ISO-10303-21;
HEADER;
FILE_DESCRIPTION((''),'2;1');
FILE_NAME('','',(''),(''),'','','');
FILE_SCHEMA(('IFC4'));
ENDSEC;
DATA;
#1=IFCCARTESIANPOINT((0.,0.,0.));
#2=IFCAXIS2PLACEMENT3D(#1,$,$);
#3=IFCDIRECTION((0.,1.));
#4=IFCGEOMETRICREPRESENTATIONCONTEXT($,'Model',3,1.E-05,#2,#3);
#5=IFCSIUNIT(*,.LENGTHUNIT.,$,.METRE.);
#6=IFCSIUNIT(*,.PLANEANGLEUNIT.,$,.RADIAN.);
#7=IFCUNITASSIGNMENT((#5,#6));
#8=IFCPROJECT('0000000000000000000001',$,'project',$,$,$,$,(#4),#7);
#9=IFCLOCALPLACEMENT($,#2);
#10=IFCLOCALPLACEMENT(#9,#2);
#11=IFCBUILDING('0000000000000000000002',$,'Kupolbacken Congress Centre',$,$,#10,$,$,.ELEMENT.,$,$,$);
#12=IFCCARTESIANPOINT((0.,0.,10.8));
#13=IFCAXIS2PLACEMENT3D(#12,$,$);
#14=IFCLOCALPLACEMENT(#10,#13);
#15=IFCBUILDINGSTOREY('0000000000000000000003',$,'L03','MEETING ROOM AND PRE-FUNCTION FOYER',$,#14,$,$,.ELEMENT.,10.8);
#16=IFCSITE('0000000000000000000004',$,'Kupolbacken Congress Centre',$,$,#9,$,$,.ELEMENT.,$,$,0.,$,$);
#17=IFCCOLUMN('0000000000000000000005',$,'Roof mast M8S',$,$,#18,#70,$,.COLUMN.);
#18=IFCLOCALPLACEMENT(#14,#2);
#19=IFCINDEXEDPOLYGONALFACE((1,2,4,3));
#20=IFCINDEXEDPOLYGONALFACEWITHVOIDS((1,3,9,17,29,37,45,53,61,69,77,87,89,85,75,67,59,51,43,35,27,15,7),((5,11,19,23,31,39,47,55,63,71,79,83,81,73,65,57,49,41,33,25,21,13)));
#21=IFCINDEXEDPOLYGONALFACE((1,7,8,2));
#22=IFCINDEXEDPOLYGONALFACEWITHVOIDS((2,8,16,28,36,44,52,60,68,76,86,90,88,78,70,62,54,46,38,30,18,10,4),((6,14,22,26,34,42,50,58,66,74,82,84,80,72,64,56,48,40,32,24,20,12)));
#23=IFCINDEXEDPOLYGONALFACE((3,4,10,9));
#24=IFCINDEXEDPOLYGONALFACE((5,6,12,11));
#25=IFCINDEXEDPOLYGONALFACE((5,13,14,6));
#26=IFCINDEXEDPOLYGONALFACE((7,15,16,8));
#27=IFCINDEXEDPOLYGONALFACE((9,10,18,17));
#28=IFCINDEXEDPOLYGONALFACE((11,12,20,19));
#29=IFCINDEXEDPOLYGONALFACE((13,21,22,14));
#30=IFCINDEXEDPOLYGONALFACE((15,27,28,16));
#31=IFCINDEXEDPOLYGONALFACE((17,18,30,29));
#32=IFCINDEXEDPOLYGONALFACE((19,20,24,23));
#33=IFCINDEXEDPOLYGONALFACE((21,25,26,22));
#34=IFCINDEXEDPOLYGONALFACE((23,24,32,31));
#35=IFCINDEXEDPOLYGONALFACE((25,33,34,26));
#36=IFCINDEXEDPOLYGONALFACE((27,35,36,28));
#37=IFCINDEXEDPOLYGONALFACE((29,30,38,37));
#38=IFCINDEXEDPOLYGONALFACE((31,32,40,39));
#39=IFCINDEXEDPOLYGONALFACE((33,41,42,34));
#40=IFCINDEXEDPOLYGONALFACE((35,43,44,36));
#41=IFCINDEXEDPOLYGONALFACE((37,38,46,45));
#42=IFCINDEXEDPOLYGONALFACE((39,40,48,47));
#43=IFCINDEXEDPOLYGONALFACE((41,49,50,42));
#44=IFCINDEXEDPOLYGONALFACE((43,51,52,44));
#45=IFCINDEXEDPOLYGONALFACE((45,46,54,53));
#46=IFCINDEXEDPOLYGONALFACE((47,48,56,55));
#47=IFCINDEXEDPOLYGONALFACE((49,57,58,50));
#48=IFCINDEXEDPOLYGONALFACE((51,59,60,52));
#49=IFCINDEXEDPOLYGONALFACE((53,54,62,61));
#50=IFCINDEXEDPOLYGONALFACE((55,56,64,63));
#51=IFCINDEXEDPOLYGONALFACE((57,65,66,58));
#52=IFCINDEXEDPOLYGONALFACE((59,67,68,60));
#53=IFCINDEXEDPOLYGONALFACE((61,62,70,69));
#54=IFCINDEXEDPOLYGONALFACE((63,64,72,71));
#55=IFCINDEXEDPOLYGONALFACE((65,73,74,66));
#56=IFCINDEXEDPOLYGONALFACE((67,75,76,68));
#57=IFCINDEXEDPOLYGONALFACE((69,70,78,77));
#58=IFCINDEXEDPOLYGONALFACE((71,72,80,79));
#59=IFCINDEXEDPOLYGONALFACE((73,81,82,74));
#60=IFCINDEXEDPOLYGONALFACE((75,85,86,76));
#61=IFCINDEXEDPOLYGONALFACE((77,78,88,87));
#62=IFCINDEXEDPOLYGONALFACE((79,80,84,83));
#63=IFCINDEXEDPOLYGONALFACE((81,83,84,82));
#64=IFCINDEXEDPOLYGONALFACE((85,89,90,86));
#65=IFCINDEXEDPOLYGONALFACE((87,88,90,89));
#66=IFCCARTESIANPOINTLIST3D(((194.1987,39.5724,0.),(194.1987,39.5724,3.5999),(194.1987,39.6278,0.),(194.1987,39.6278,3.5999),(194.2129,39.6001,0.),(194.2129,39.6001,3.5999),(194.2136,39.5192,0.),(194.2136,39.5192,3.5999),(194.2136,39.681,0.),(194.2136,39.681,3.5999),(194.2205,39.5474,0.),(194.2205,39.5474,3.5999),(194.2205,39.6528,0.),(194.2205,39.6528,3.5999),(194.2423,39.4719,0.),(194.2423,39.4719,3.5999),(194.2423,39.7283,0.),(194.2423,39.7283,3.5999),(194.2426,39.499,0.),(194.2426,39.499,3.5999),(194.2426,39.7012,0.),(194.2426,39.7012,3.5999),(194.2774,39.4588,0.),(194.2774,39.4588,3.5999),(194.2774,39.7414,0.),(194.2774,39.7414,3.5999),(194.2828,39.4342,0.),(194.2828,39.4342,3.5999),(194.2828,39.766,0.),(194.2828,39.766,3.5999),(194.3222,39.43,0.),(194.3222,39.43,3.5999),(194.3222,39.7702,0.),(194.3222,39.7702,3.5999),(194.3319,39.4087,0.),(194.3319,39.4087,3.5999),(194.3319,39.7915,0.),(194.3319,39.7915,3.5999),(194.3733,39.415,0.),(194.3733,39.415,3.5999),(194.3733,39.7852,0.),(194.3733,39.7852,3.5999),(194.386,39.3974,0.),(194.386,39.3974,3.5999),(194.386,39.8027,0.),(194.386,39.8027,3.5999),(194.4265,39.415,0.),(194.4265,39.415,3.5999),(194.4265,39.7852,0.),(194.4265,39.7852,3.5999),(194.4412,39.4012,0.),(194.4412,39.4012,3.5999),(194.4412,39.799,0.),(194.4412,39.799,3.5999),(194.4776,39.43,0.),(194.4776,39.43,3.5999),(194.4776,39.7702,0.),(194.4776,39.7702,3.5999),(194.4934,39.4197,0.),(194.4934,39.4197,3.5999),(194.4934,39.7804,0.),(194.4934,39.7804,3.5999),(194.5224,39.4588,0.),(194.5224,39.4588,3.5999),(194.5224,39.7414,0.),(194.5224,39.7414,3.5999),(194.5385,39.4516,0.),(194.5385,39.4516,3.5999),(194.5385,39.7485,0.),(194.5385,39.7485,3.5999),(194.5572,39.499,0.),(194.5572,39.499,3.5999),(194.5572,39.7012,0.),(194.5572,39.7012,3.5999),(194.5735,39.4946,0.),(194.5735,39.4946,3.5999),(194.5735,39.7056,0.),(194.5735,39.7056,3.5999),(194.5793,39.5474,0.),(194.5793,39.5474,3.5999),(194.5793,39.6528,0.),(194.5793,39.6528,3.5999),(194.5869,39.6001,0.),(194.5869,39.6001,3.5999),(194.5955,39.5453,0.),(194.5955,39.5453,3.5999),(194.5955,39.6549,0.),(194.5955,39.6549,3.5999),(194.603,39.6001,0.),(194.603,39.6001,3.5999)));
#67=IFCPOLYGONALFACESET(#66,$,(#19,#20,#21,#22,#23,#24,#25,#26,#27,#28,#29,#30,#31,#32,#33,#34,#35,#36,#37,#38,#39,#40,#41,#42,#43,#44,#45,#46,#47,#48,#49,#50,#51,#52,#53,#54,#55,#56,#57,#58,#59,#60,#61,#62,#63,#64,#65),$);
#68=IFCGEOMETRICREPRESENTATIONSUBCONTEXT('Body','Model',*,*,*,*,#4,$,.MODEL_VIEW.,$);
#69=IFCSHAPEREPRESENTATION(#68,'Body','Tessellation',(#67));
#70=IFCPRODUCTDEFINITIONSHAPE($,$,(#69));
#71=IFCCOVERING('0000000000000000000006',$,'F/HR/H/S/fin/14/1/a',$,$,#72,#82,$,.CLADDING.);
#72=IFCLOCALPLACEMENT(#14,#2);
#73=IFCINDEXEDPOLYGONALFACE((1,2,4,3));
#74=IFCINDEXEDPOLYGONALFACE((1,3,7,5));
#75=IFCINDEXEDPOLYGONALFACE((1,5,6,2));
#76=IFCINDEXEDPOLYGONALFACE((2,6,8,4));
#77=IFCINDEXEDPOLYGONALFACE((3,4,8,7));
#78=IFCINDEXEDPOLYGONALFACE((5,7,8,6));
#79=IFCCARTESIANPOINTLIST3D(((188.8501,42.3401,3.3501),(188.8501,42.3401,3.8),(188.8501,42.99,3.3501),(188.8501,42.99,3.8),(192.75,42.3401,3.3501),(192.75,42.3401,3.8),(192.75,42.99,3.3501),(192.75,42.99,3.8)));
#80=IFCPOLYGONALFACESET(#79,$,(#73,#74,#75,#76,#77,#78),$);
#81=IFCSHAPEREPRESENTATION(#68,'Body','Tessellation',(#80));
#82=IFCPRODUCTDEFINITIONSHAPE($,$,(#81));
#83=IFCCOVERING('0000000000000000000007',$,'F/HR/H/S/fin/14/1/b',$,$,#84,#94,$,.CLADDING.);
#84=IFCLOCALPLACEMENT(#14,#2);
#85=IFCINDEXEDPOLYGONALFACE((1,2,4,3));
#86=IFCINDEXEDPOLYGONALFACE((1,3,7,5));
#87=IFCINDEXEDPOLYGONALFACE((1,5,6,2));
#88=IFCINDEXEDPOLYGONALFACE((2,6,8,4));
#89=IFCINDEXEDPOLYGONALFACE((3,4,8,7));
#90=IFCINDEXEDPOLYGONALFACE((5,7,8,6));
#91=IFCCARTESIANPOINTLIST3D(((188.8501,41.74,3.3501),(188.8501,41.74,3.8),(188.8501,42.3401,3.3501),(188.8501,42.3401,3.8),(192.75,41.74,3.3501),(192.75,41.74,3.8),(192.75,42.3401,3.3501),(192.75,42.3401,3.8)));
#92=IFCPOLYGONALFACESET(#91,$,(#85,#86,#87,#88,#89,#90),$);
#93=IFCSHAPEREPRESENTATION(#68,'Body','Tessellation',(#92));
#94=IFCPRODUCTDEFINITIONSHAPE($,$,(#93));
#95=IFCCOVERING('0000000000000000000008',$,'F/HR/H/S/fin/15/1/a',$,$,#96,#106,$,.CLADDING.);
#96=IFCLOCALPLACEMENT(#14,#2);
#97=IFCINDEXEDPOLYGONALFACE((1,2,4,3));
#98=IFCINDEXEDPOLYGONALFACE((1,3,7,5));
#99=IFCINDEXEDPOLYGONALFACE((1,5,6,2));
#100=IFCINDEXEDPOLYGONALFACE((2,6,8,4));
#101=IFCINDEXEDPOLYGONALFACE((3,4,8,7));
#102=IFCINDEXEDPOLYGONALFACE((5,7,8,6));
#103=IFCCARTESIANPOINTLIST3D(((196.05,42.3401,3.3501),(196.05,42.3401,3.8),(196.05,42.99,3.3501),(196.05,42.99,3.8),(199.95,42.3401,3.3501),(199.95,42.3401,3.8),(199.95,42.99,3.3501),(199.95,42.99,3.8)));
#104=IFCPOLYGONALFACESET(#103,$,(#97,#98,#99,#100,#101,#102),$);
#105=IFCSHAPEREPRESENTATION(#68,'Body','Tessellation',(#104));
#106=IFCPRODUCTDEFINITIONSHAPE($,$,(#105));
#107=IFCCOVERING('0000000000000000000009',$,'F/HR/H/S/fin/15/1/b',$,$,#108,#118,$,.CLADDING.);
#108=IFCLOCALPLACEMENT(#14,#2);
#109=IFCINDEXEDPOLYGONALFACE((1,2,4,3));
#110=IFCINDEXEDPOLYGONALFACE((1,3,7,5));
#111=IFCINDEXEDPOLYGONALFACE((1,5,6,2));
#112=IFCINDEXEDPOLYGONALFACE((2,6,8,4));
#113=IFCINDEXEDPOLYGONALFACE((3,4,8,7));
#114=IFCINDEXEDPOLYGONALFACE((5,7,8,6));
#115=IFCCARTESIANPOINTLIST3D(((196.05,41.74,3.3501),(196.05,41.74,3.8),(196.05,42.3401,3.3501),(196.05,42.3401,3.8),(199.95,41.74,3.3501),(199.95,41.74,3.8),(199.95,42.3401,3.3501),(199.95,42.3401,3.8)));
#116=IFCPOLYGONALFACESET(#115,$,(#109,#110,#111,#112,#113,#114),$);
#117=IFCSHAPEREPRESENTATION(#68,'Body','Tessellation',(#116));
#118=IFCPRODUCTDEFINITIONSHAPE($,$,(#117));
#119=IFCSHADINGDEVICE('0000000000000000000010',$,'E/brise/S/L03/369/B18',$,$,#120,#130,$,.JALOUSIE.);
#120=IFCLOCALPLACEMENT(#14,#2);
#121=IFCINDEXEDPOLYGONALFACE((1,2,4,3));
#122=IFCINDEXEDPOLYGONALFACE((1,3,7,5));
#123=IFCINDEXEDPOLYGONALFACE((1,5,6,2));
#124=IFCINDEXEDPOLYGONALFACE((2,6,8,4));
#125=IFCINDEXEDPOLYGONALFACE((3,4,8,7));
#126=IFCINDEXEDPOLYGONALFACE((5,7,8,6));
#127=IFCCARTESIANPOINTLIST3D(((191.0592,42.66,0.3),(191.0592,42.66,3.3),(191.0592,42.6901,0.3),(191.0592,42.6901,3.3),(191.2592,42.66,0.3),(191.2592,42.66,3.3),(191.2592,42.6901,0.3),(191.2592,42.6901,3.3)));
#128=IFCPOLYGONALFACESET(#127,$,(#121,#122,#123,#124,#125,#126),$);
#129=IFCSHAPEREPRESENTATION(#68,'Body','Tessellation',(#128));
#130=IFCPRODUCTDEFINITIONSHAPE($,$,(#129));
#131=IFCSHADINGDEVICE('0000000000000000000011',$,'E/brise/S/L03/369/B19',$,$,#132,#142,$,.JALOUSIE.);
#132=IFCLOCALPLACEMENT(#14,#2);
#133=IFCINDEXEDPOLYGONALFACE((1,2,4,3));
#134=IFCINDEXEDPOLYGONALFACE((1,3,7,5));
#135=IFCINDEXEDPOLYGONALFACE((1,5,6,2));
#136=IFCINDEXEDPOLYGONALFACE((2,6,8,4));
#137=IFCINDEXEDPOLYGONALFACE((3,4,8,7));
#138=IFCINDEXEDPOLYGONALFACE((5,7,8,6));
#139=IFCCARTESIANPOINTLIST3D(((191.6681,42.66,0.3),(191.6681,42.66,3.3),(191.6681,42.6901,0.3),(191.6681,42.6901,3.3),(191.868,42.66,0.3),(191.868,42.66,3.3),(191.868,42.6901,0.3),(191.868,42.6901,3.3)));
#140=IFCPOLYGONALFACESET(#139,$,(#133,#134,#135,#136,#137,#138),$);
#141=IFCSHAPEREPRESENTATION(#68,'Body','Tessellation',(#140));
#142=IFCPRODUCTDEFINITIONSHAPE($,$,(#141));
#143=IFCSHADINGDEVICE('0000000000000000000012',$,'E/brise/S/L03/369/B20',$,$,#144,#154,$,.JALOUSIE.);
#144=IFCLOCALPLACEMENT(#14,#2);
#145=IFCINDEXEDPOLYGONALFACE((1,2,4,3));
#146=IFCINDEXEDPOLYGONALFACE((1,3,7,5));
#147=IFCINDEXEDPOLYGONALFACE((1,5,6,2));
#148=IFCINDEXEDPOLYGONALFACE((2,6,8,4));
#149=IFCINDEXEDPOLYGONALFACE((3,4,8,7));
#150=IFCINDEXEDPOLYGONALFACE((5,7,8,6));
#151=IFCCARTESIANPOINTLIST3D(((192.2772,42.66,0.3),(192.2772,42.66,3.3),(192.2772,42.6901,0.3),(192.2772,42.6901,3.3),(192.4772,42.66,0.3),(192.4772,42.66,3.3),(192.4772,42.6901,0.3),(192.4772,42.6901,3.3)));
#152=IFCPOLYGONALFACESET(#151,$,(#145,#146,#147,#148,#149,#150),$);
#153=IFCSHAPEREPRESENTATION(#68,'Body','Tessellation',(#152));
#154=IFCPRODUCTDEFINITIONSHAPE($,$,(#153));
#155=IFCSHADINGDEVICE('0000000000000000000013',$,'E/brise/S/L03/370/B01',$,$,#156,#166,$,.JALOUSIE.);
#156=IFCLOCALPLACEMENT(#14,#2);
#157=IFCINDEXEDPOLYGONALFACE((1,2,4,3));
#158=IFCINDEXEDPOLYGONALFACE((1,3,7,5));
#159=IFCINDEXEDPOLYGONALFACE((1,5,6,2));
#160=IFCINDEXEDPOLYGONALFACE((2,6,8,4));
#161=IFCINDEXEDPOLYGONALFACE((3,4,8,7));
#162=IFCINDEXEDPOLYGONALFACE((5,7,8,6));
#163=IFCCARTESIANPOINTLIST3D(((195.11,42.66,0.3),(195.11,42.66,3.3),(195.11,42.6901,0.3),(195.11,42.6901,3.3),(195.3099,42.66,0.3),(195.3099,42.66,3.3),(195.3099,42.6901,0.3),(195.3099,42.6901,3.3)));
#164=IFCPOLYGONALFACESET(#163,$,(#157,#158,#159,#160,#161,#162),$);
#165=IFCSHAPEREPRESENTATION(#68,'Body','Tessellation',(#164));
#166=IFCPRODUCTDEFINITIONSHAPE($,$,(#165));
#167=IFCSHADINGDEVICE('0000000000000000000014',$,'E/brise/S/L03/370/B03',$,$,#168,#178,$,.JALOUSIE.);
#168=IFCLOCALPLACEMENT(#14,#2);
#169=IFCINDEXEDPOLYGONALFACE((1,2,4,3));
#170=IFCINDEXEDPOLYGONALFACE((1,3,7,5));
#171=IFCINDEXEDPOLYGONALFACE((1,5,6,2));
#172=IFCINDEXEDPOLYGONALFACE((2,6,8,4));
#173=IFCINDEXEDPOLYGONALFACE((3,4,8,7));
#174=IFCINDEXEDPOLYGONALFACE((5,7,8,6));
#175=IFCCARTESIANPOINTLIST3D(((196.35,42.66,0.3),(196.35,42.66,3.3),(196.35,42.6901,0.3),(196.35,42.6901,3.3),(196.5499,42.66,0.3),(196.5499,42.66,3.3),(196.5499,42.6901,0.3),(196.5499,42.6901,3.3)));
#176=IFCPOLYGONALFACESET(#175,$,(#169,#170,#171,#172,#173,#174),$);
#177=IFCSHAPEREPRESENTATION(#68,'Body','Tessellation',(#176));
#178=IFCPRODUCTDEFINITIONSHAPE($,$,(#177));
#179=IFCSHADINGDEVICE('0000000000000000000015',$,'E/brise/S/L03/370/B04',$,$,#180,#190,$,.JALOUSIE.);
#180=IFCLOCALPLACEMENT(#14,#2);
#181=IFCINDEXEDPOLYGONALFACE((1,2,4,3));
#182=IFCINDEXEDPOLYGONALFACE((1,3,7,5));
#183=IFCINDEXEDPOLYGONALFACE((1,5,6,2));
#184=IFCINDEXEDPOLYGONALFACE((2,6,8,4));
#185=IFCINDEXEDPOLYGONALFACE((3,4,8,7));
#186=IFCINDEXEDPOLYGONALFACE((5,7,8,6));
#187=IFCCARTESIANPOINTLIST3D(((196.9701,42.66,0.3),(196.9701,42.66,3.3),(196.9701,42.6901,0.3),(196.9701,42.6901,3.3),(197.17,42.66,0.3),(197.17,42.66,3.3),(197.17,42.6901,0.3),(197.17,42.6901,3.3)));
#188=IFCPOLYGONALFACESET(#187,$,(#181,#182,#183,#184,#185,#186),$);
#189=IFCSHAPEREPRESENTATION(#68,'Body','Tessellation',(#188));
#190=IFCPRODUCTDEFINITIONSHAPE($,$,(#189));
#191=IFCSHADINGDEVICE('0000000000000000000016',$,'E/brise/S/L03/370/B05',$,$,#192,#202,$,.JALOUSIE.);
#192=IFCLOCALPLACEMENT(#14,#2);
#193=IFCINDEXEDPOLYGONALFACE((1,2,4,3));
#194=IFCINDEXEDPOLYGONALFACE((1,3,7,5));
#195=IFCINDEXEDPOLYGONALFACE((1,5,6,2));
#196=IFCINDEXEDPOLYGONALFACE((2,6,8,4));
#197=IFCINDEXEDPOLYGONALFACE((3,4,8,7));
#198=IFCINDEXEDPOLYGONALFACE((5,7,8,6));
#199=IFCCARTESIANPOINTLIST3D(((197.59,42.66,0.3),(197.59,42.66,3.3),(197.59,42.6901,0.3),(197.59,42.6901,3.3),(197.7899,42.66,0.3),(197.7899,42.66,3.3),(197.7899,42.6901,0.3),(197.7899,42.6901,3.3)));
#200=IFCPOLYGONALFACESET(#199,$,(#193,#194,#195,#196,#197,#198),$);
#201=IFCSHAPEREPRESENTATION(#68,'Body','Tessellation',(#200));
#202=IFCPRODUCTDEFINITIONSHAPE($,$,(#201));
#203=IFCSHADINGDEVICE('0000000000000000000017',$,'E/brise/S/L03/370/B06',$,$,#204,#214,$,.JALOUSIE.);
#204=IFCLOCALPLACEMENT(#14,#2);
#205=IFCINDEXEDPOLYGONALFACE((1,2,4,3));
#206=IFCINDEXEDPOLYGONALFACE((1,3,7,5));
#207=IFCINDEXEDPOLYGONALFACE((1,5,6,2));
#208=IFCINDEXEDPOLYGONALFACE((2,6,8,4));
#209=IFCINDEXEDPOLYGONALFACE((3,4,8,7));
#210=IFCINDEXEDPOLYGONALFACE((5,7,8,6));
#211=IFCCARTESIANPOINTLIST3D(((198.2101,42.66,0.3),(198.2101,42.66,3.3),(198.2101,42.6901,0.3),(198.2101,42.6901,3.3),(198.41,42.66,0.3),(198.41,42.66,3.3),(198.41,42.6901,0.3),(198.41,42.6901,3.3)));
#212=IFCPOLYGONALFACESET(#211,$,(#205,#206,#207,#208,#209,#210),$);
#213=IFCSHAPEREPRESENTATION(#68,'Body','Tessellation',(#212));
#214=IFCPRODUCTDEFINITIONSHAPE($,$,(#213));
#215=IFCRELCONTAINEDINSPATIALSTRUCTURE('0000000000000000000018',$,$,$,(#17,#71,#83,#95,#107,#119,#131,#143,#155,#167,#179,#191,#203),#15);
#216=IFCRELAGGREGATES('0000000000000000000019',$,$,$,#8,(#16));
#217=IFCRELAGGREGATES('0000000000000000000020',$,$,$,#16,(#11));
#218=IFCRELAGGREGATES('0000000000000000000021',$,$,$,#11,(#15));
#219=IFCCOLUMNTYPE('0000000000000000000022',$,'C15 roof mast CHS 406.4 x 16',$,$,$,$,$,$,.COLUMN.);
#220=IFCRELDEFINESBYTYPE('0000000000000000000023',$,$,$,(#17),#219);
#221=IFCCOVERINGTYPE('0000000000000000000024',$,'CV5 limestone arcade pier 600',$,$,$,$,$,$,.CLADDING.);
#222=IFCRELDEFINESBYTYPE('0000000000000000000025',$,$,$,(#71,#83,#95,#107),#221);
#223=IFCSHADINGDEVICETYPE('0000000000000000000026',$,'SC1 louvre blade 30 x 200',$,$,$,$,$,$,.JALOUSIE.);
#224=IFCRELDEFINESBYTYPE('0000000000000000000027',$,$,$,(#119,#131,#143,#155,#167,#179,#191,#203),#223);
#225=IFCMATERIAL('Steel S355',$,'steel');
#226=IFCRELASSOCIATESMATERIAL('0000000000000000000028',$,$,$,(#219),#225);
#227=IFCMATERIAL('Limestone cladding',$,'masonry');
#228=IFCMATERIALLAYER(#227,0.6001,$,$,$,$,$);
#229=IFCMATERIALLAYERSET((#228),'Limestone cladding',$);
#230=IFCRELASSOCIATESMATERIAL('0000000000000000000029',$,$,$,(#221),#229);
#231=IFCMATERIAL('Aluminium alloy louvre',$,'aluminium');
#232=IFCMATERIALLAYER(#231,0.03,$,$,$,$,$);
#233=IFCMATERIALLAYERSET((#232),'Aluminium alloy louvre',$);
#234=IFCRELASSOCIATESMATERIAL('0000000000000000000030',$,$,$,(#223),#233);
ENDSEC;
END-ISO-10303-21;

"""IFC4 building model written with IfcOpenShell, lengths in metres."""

from ifc_helpers import new_model, si_unit, direction, frame, origin, origin_2d, place, context, subcontext, project, spatial, rectangle, hollow_circle, extrude, material, layer, layer_set, material_profile, profile_set, type_object, element, save


model = new_model("IFC4")

# Units and contexts
model_context = context("Model", 3, precision=1e-05, world=origin(), true_north=direction((0.0, 1.0)))
body_context = subcontext(model_context, "Body", "Model", "MODEL_VIEW")
ifc_project = project(units=[si_unit("LENGTHUNIT", "METRE"), si_unit("PLANEANGLEUNIT", "RADIAN")], contexts=[model_context])

# Site, building, storey
site_placement = place(None, origin())
site = spatial("IfcSite", under=ifc_project, at=site_placement, Name="Kupolbacken Congress Centre", CompositionType="ELEMENT", RefElevation=0.0)
building_placement = place(site_placement, origin())
building = spatial("IfcBuilding", under=site, at=building_placement, Name="Kupolbacken Congress Centre", CompositionType="ELEMENT")
storey_placement = place(building_placement, frame((0.0, 0.0, 10.8)))
storey = spatial("IfcBuildingStorey", under=building, at=storey_placement, Name="L03", Description="MEETING ROOM AND PRE-FUNCTION FOYER", CompositionType="ELEMENT", Elevation=10.8)

# Column
ifc_material_1 = material(Name="Steel S355", Category="steel")
ifc_material_profile = material_profile(ifc_material_1, hollow_circle(Radius=0.2031, WallThickness=0.0161, at=origin_2d()), Name="CHS 406.4 x 16")
ifc_profile_set = profile_set([ifc_material_profile], Name="Steel S355")
column_type = type_object("IfcColumnType", Name="C15 roof mast CHS 406.4 x 16", PredefinedType="COLUMN", material=ifc_profile_set)
column_placement = place(storey_placement, frame((194.3999, 39.6001, 0.0), z_axis=(0.0, 0.0, 1.0), x_axis=(1.0, 0.0, 0.0)))
element("IfcColumn", 1, at=column_placement, inside=storey, type_object=column_type, Name="Roof mast M8S", PredefinedType="COLUMN", context=body_context, shape_type="SweptSolid", body=[
    extrude(hollow_circle(Radius=0.2031, WallThickness=0.0161, at=origin_2d()), origin(), (0.0, 0.0, 1.0), 3.5999),
])

# Coverings
ifc_material_2 = material(Name="Limestone cladding", Category="masonry")
ifc_layer_1 = layer(ifc_material_2, 0.6001)
ifc_layer_set_1 = layer_set([ifc_layer_1], Name="Limestone cladding")
covering_type = type_object("IfcCoveringType", Name="CV5 limestone arcade pier 600", PredefinedType="CLADDING", material=ifc_layer_set_1)
covering_1_placement = place(storey_placement, frame((190.8, 42.665, 3.3501), z_axis=(0.0, 0.0, 1.0), x_axis=(1.0, 0.0, 0.0)))
element("IfcCovering", 2, at=covering_1_placement, inside=storey, type_object=covering_type, Name="F/HR/H/S/fin/14/1/a", PredefinedType="CLADDING", context=body_context, shape_type="SweptSolid", body=[
    extrude(rectangle(XDim=3.8999, YDim=0.6499, at=origin_2d()), origin(), (0.0, 0.0, 1.0), 0.45),
])
covering_2_placement = place(storey_placement, frame((190.8, 42.04, 3.3501), z_axis=(0.0, 0.0, 1.0), x_axis=(1.0, 0.0, 0.0)))
element("IfcCovering", 3, at=covering_2_placement, inside=storey, type_object=covering_type, Name="F/HR/H/S/fin/14/1/b", PredefinedType="CLADDING", context=body_context, shape_type="SweptSolid", body=[
    extrude(rectangle(XDim=3.8999, YDim=0.6001, at=origin_2d()), origin(), (0.0, 0.0, 1.0), 0.45),
])
covering_3_placement = place(storey_placement, frame((198.0, 42.665, 3.3501), z_axis=(0.0, 0.0, 1.0), x_axis=(1.0, 0.0, 0.0)))
element("IfcCovering", 4, at=covering_3_placement, inside=storey, type_object=covering_type, Name="F/HR/H/S/fin/15/1/a", PredefinedType="CLADDING", context=body_context, shape_type="SweptSolid", body=[
    extrude(rectangle(XDim=3.8999, YDim=0.6499, at=origin_2d()), origin(), (0.0, 0.0, 1.0), 0.45),
])
covering_4_placement = place(storey_placement, frame((198.0, 42.04, 3.3501), z_axis=(0.0, 0.0, 1.0), x_axis=(1.0, 0.0, 0.0)))
element("IfcCovering", 5, at=covering_4_placement, inside=storey, type_object=covering_type, Name="F/HR/H/S/fin/15/1/b", PredefinedType="CLADDING", context=body_context, shape_type="SweptSolid", body=[
    extrude(rectangle(XDim=3.8999, YDim=0.6001, at=origin_2d()), origin(), (0.0, 0.0, 1.0), 0.45),
])

# Shading devices
ifc_material_3 = material(Name="Aluminium alloy louvre", Category="aluminium")
ifc_layer_2 = layer(ifc_material_3, 0.03)
ifc_layer_set_2 = layer_set([ifc_layer_2], Name="Aluminium alloy louvre")
shading_device_type = type_object("IfcShadingDeviceType", Name="SC1 louvre blade 30 x 200", PredefinedType="JALOUSIE", material=ifc_layer_set_2)
for number, where, z_axis, x_axis, name in (
    (6, (191.1592, 42.675, 0.3), (0.0, 0.0, 1.0), (1.0, 0.0, 0.0), "E/brise/S/L03/369/B18"),
    (7, (191.7681, 42.675, 0.3), (0.0, 0.0, 1.0), (1.0, 0.0, 0.0), "E/brise/S/L03/369/B19"),
    (8, (192.3772, 42.675, 0.3), (0.0, 0.0, 1.0), (1.0, 0.0, 0.0), "E/brise/S/L03/369/B20"),
    (9, (195.21, 42.675, 0.3), (0.0, 0.0, 1.0), (1.0, 0.0, 0.0), "E/brise/S/L03/370/B01"),
    (10, (196.45, 42.675, 0.3), (0.0, 0.0, 1.0), (1.0, 0.0, 0.0), "E/brise/S/L03/370/B03"),
    (11, (197.0701, 42.675, 0.3), (0.0, 0.0, 1.0), (1.0, 0.0, 0.0), "E/brise/S/L03/370/B04"),
    (12, (197.6899, 42.675, 0.3), (0.0, 0.0, 1.0), (1.0, 0.0, 0.0), "E/brise/S/L03/370/B05"),
    (13, (198.3101, 42.675, 0.3), (0.0, 0.0, 1.0), (1.0, 0.0, 0.0), "E/brise/S/L03/370/B06"),
):
    element("IfcShadingDevice", number, at=place(storey_placement, frame(where, z_axis=z_axis, x_axis=x_axis)), inside=storey, type_object=shading_device_type, Name=name, PredefinedType="JALOUSIE", context=body_context, shape_type="SweptSolid", body=[
        extrude(rectangle(XDim=0.2, YDim=0.03, at=origin_2d()), origin(), (0.0, 0.0, 1.0), 3.0),
    ])

save(model, "model.ifc")
